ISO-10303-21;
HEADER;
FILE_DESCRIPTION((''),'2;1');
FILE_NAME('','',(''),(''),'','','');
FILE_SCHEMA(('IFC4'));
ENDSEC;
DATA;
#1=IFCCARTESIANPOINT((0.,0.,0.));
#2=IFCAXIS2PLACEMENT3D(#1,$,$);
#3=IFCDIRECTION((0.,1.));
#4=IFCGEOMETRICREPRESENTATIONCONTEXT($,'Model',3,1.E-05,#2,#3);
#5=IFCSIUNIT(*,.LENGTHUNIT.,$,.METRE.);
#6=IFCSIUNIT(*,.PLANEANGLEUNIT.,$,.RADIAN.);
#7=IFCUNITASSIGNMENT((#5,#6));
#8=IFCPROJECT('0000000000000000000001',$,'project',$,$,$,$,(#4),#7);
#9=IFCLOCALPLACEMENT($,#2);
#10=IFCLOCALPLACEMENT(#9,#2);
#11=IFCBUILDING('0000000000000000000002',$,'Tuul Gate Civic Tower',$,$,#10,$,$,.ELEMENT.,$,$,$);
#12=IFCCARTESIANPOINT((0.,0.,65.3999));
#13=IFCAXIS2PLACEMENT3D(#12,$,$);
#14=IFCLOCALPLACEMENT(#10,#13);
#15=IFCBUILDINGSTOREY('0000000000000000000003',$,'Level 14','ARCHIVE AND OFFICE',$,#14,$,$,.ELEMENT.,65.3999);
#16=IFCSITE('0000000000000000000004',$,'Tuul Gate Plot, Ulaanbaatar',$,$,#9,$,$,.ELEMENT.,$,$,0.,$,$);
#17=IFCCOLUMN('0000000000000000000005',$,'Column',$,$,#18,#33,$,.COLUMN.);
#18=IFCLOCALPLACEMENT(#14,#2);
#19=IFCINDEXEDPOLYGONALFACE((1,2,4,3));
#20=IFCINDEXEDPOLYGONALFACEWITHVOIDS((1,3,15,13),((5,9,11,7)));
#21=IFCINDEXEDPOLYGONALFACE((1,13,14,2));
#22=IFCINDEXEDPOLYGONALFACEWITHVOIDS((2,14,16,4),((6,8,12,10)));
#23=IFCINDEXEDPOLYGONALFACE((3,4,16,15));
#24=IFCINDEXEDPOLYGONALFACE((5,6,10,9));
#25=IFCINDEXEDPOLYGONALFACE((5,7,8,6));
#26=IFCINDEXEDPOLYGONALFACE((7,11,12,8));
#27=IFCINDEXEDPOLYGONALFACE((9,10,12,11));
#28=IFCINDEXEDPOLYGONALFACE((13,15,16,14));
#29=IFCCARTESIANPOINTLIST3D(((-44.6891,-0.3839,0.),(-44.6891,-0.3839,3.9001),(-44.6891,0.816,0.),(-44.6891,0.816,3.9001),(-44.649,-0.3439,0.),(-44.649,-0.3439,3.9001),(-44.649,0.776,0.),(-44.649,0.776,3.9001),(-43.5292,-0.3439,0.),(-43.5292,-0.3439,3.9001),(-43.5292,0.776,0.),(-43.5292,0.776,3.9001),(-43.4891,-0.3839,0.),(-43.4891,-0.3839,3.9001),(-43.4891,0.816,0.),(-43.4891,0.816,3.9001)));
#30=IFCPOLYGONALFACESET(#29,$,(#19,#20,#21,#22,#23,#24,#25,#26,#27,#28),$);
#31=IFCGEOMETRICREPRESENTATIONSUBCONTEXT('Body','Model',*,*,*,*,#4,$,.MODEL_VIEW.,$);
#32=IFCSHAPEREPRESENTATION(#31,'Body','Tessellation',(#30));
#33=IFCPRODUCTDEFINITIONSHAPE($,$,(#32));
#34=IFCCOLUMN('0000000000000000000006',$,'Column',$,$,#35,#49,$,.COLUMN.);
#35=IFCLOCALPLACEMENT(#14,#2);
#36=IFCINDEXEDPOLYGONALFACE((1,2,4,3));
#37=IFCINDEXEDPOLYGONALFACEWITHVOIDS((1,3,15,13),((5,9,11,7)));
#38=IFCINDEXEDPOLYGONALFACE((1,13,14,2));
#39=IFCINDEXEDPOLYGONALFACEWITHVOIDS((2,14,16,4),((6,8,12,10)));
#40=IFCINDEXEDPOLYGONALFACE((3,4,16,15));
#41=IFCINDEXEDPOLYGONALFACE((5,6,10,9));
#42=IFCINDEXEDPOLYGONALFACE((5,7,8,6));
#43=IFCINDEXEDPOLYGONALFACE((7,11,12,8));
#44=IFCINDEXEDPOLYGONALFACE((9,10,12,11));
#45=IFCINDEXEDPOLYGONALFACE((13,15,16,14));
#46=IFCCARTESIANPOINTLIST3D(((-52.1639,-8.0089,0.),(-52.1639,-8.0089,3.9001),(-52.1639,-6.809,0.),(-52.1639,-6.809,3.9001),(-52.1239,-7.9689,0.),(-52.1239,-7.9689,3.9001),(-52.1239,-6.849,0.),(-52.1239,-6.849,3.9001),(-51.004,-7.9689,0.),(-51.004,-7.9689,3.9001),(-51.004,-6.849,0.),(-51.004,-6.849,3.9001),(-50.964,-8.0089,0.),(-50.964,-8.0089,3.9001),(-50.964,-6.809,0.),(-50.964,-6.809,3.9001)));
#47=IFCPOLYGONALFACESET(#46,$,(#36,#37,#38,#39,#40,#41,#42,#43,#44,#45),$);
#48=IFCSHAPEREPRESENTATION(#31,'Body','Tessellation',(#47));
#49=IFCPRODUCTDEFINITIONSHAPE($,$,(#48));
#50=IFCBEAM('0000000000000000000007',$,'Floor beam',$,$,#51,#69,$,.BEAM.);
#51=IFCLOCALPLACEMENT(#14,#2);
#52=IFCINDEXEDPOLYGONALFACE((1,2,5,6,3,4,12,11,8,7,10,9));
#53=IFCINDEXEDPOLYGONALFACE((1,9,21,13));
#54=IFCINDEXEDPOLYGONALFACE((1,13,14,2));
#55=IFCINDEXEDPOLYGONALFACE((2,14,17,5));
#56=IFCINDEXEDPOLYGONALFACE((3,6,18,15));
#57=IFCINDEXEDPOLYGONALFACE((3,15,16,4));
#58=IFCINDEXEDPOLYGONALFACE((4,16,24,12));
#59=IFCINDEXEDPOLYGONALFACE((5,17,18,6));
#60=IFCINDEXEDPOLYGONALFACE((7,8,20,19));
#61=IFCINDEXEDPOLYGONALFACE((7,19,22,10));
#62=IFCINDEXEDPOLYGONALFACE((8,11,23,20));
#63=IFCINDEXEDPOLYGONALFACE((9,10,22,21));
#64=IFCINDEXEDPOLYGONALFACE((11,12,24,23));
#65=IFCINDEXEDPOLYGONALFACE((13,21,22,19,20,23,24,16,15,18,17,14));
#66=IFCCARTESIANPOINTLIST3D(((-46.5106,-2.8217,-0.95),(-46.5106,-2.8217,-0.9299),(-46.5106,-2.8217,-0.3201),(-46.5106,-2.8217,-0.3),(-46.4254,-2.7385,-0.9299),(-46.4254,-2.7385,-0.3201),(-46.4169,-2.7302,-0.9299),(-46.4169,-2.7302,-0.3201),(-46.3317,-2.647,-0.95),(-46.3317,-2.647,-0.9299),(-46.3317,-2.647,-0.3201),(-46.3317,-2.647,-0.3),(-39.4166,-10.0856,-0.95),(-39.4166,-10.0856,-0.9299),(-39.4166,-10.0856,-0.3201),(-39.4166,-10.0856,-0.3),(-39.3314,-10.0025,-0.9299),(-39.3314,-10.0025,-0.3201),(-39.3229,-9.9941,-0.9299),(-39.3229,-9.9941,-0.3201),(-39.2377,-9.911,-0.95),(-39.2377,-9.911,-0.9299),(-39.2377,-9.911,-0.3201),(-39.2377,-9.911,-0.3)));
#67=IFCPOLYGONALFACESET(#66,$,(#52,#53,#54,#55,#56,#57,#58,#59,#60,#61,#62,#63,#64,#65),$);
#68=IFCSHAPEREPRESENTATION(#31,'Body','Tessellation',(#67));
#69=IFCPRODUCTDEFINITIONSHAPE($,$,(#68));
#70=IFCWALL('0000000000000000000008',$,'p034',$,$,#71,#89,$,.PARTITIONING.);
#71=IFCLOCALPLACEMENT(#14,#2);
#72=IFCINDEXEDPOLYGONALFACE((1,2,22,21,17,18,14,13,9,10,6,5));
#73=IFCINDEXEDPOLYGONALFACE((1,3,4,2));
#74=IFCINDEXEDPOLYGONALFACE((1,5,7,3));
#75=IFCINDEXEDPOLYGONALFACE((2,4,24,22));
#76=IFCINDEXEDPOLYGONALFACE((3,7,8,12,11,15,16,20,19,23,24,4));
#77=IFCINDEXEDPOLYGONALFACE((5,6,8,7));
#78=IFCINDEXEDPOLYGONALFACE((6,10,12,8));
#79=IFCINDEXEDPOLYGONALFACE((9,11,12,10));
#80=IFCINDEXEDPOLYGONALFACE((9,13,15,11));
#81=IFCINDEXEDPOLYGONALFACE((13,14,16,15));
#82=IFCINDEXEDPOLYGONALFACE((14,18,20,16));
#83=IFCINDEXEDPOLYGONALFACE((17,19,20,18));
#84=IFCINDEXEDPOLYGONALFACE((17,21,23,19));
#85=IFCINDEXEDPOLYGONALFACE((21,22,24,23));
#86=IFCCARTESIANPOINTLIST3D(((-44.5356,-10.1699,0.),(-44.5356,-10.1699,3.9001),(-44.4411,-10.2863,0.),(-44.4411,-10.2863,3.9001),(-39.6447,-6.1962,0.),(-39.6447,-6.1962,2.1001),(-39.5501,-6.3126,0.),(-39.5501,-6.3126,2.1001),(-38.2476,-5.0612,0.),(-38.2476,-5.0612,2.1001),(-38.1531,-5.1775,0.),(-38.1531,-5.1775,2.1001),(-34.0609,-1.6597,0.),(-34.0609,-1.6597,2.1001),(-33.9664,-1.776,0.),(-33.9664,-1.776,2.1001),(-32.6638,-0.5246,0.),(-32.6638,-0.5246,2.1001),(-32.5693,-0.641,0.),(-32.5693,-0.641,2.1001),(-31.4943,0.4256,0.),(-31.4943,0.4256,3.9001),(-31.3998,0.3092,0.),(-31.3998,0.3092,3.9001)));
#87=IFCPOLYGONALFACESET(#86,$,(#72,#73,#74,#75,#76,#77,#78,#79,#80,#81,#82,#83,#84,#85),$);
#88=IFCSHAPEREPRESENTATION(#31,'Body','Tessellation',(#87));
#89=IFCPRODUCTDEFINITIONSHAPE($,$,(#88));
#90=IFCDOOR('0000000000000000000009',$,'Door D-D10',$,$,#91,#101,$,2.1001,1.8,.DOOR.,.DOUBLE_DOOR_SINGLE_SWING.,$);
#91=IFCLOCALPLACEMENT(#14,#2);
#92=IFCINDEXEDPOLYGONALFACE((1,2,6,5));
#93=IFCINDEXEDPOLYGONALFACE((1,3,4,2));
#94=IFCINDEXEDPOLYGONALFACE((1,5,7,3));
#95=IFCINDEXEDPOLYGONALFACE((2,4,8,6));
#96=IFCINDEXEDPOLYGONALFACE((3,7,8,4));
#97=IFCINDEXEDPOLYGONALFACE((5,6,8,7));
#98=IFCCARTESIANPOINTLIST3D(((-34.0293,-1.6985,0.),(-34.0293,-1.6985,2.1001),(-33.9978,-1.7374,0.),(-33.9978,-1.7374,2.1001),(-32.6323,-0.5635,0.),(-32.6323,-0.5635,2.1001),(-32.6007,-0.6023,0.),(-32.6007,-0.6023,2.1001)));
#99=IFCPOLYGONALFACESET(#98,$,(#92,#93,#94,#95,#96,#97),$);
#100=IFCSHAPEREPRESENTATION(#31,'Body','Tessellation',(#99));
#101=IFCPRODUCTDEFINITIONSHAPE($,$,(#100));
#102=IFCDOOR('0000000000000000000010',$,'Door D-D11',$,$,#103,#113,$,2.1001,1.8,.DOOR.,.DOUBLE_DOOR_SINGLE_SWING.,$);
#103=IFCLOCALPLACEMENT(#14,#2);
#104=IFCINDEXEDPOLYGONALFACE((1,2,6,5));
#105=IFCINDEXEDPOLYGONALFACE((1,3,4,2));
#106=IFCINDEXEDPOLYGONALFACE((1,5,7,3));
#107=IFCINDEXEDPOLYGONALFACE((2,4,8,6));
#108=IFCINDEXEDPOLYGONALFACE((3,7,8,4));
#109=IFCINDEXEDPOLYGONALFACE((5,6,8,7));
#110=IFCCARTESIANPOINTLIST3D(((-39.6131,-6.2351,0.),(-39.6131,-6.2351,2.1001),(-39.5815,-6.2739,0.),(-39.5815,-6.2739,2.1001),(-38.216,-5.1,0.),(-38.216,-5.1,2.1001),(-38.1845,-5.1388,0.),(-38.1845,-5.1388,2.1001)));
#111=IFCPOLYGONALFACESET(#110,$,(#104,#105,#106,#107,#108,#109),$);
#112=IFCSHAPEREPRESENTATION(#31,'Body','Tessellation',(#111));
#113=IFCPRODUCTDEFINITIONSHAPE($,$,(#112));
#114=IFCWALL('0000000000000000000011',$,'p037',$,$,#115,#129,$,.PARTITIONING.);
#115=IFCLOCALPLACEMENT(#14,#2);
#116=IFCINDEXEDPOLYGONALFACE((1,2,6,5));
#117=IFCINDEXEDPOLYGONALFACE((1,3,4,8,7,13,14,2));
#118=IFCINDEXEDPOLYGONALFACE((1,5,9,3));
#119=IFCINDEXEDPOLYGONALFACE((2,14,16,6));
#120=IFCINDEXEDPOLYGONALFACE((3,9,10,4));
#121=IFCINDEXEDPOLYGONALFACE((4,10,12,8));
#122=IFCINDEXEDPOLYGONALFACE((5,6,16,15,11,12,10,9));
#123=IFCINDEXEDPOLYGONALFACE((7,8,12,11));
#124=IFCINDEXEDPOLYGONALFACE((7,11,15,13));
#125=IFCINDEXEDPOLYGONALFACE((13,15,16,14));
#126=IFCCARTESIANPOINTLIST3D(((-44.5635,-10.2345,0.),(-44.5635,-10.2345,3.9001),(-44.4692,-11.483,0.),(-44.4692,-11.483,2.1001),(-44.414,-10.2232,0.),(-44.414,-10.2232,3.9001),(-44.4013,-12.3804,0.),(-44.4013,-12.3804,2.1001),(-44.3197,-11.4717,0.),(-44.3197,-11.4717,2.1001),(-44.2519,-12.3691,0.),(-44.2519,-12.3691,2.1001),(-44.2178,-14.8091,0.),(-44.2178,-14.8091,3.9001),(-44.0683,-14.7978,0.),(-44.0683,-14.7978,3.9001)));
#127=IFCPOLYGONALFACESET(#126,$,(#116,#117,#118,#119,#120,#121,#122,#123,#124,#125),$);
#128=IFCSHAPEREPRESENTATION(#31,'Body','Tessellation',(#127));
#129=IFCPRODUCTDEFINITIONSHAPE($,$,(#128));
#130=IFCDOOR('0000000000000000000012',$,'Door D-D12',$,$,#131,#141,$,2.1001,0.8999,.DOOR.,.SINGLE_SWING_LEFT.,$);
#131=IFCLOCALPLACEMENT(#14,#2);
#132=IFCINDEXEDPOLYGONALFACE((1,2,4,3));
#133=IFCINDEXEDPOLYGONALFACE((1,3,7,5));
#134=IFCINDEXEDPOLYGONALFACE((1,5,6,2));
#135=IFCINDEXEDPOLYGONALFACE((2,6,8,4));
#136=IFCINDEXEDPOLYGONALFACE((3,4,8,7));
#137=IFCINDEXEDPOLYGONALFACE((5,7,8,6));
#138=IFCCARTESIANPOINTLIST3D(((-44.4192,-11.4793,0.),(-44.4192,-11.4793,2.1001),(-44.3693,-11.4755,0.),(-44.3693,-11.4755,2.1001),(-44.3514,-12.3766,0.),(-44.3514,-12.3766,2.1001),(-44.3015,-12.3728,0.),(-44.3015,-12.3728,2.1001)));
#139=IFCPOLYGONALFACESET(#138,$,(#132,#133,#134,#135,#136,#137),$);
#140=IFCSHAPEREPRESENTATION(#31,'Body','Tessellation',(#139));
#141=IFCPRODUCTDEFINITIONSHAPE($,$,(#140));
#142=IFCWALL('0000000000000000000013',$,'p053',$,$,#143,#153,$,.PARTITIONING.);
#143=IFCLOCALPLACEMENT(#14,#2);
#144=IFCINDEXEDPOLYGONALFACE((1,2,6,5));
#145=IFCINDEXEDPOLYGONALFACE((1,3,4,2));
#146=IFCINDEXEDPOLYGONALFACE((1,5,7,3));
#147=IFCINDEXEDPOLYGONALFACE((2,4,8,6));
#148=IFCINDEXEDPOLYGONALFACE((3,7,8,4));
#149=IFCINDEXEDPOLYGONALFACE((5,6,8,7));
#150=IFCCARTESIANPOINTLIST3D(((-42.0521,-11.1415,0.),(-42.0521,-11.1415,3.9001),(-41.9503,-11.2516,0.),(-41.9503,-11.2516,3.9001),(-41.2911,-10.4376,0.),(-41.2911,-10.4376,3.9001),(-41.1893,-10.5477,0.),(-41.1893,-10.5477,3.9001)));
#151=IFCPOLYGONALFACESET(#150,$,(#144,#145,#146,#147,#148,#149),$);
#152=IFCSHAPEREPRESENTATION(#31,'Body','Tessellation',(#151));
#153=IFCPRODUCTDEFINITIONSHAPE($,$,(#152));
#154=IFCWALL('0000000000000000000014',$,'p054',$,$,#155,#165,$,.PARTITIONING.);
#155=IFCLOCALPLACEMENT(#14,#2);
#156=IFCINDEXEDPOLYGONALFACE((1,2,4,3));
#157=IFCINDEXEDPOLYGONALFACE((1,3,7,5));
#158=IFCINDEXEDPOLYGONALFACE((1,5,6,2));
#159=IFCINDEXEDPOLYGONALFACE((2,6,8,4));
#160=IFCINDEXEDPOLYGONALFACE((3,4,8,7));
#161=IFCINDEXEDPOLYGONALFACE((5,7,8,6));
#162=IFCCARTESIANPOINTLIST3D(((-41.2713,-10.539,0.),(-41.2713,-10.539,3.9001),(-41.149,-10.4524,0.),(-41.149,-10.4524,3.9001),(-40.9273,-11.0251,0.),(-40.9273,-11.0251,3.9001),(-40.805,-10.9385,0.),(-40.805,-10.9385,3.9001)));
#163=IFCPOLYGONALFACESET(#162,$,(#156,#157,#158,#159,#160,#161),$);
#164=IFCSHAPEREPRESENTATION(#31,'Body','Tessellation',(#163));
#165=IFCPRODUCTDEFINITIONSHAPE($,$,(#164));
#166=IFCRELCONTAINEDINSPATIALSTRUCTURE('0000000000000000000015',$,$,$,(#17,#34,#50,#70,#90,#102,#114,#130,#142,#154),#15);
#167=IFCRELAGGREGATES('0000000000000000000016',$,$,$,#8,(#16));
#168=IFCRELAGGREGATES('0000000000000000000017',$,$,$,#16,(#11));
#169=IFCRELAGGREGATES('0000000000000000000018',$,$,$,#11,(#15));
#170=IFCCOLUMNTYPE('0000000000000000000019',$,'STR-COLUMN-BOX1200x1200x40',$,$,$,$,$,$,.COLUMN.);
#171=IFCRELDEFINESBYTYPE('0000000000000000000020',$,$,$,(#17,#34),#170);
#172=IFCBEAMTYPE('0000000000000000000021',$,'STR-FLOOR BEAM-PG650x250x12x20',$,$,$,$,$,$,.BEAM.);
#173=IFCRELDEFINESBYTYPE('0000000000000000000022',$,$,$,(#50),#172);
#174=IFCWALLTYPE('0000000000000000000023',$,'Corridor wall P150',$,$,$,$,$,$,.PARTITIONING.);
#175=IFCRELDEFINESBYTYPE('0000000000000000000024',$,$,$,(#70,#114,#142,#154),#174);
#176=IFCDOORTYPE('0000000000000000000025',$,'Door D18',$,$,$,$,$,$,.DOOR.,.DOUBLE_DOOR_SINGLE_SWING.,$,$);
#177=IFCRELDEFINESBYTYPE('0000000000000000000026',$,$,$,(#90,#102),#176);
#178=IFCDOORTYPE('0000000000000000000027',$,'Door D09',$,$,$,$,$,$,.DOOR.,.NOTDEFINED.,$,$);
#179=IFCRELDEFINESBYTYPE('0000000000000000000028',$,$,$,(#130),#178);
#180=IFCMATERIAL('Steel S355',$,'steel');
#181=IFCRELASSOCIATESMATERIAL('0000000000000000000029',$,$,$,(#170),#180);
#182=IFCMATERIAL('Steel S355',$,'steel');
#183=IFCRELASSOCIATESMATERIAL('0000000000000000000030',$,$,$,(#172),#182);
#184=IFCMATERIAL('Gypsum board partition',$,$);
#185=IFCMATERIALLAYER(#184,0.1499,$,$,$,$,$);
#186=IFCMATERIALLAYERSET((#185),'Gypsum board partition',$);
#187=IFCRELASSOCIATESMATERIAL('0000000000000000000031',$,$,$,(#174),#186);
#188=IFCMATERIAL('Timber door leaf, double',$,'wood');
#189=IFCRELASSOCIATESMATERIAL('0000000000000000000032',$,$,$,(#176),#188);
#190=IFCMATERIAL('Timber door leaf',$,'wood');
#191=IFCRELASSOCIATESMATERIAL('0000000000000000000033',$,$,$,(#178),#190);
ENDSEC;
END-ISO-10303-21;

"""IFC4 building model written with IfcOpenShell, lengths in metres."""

from ifc_helpers import new_model, si_unit, direction, frame, frame_2d, origin, origin_2d, place, context, subcontext, project, spatial, rectangle, hollow_rectangle, i_section, extrude, material, layer, layer_set, material_profile, profile_set, type_object, element, fill, save


model = new_model("IFC4")

# Units and contexts
model_context = context("Model", 3, precision=1e-05, world=origin(), true_north=direction((0.0, 1.0)))
body_context = subcontext(model_context, "Body", "Model", "MODEL_VIEW")
ifc_project = project(units=[si_unit("LENGTHUNIT", "METRE"), si_unit("PLANEANGLEUNIT", "RADIAN")], contexts=[model_context])

# Site, building, storey
site_placement = place(None, origin())
site = spatial("IfcSite", under=ifc_project, at=site_placement, Name="Tuul Gate Plot, Ulaanbaatar", CompositionType="ELEMENT", RefElevation=0.0)
building_placement = place(site_placement, origin())
building = spatial("IfcBuilding", under=site, at=building_placement, Name="Tuul Gate Civic Tower", CompositionType="ELEMENT")
storey_placement = place(building_placement, frame((0.0, 0.0, 65.3999)))
storey = spatial("IfcBuildingStorey", under=building, at=storey_placement, Name="Level 14", Description="ARCHIVE AND OFFICE", CompositionType="ELEMENT", Elevation=65.3999)

# Columns
ifc_material_1 = material(Name="Steel S355", Category="steel")
ifc_material_profile_1 = material_profile(ifc_material_1, hollow_rectangle(XDim=1.2, YDim=1.2, WallThickness=0.04, at=origin_2d()), Name="BOX1200x1200x40")
ifc_profile_set_1 = profile_set([ifc_material_profile_1], Name="Steel S355")
column_type = type_object("IfcColumnType", Name="STR-COLUMN-BOX1200x1200x40", PredefinedType="COLUMN", material=ifc_profile_set_1)
for number, where, z_axis, x_axis, name in (
    (1, (-44.0891, 0.2161, 0.0), (0.0, 0.0, 1.0), (1.0, 0.0, 0.0), "Column"),
    (2, (-51.564, -7.4089, 0.0), (0.0, 0.0, 1.0), (1.0, 0.0, 0.0), "Column"),
):
    element("IfcColumn", number, at=place(storey_placement, frame(where, z_axis=z_axis, x_axis=x_axis)), inside=storey, type_object=column_type, Name=name, PredefinedType="COLUMN", context=body_context, shape_type="SweptSolid", body=[
        extrude(hollow_rectangle(XDim=1.2, YDim=1.2, WallThickness=0.04, at=origin_2d()), origin(), (0.0, 0.0, 1.0), 3.9001),
    ])

# Beam
ifc_material_2 = material(Name="Steel S355", Category="steel")
ifc_material_profile_2 = material_profile(ifc_material_2, i_section(OverallWidth=0.25, OverallDepth=0.6499, WebThickness=0.012, FlangeThickness=0.02, at=origin_2d()), Name="PG650x250x12x20")
ifc_profile_set_2 = profile_set([ifc_material_profile_2], Name="Steel S355")
beam_type = type_object("IfcBeamType", Name="STR-FLOOR BEAM-PG650x250x12x20", PredefinedType="BEAM", material=ifc_profile_set_2)
beam_placement = place(storey_placement, frame((-39.3271, -9.9983, -0.625), z_axis=(-0.698689, 0.715425, 0.0), x_axis=(-0.715425, -0.698689, 0.0)))
element("IfcBeam", 3, at=beam_placement, inside=storey, type_object=beam_type, Name="Floor beam", PredefinedType="BEAM", context=body_context, shape_type="SweptSolid", body=[
    extrude(i_section(OverallWidth=0.25, OverallDepth=0.6499, WebThickness=0.012, FlangeThickness=0.02, at=origin_2d()), origin(), (0.0, 0.0, 1.0), 10.1533),
])

# Wall, openings, doors
ifc_material_3 = material(Name="Gypsum board partition")
ifc_layer_1 = layer(ifc_material_3, 0.1499)
ifc_layer_set_1 = layer_set([ifc_layer_1], Name="Gypsum board partition")
wall_type_1 = type_object("IfcWallType", Name="Corridor wall P150", PredefinedType="PARTITIONING", material=ifc_layer_set_1)
wall_1_placement = place(storey_placement, frame((-44.4883, -10.228, 0.0), z_axis=(0.0, 0.0, 1.0), x_axis=(0.77613, 0.630572, 0.0)))
wall_1 = element("IfcWall", 4, at=wall_1_placement, inside=storey, type_object=wall_type_1, Name="p034", PredefinedType="PARTITIONING", context=body_context, shape_type="SweptSolid", body=[
    extrude(rectangle(XDim=16.803, YDim=0.1499, at=frame_2d((8.4014, 0.0))), origin(), (0.0, 0.0, 1.0), 3.9001),
])
opening_1_placement = place(wall_1_placement, frame((13.4961, 0.0, 0.0)))
opening_1 = element("IfcOpeningElement", 5, at=opening_1_placement, cuts=wall_1, PredefinedType="OPENING", context=body_context, shape_type="SweptSolid", body=[
    extrude(rectangle(XDim=1.8, YDim=2.1001, at=frame_2d((0.8999, 1.05))), frame((0.0, 0.085, 0.0), z_axis=(0.0, -1.0, 0.0), x_axis=(1.0, 0.0, 0.0)), (0.0, 0.0, 1.0), 0.1699),
])
opening_2_placement = place(wall_1_placement, frame((6.3018, 0.0, 0.0)))
opening_2 = element("IfcOpeningElement", 6, at=opening_2_placement, cuts=wall_1, PredefinedType="OPENING", context=body_context, shape_type="SweptSolid", body=[
    extrude(rectangle(XDim=1.8, YDim=2.1001, at=frame_2d((0.8999, 1.05))), frame((0.0, 0.085, 0.0), z_axis=(0.0, -1.0, 0.0), x_axis=(1.0, 0.0, 0.0)), (0.0, 0.0, 1.0), 0.1699),
])
ifc_material_4 = material(Name="Timber door leaf, double", Category="wood")
door_type_1 = type_object("IfcDoorType", Name="Door D18", OperationType="DOUBLE_DOOR_SINGLE_SWING", PredefinedType="DOOR", material=ifc_material_4)
door_1_placement = place(opening_1_placement, origin())
door_1 = element("IfcDoor", 7, at=door_1_placement, inside=storey, type_object=door_type_1, Name="Door D-D10", OperationType="DOUBLE_DOOR_SINGLE_SWING", OverallHeight=2.1001, OverallWidth=1.8, PredefinedType="DOOR", context=body_context, shape_type="SweptSolid", body=[
    extrude(rectangle(XDim=1.8, YDim=2.1001, at=frame_2d((0.8999, 1.05))), frame((0.0, 0.0249, 0.0), z_axis=(0.0, -1.0, 0.0), x_axis=(1.0, 0.0, 0.0)), (0.0, 0.0, 1.0), 0.05),
])
fill(opening_1, door_1)
door_2_placement = place(opening_2_placement, origin())
door_2 = element("IfcDoor", 8, at=door_2_placement, inside=storey, type_object=door_type_1, Name="Door D-D11", OperationType="DOUBLE_DOOR_SINGLE_SWING", OverallHeight=2.1001, OverallWidth=1.8, PredefinedType="DOOR", context=body_context, shape_type="SweptSolid", body=[
    extrude(rectangle(XDim=1.8, YDim=2.1001, at=frame_2d((0.8999, 1.05))), frame((0.0, 0.0249, 0.0), z_axis=(0.0, -1.0, 0.0), x_axis=(1.0, 0.0, 0.0)), (0.0, 0.0, 1.0), 0.05),
])
fill(opening_2, door_2)

# Wall, opening, door
wall_2_placement = place(storey_placement, frame((-44.4888, -10.2288, 0.0), z_axis=(0.0, 0.0, 1.0), x_axis=(0.075354, -0.997157, 0.0)))
wall_2 = element("IfcWall", 9, at=wall_2_placement, inside=storey, type_object=wall_type_1, Name="p037", PredefinedType="PARTITIONING", context=body_context, shape_type="SweptSolid", body=[
    extrude(rectangle(XDim=4.5876, YDim=0.1499, at=frame_2d((2.2939, 0.0))), origin(), (0.0, 0.0, 1.0), 3.9001),
])
opening_3_placement = place(wall_2_placement, frame((1.2522, 0.0, 0.0)))
opening_3 = element("IfcOpeningElement", 10, at=opening_3_placement, cuts=wall_2, PredefinedType="OPENING", context=body_context, shape_type="SweptSolid", body=[
    extrude(rectangle(XDim=0.8999, YDim=2.1001, at=frame_2d((0.45, 1.05))), frame((0.0, 0.085, 0.0), z_axis=(0.0, -1.0, 0.0), x_axis=(1.0, 0.0, 0.0)), (0.0, 0.0, 1.0), 0.1699),
])
ifc_material_5 = material(Name="Timber door leaf", Category="wood")
door_type_2 = type_object("IfcDoorType", Name="Door D09", OperationType="NOTDEFINED", PredefinedType="DOOR", material=ifc_material_5)
door_3_placement = place(opening_3_placement, frame((0.8999, 0.0, 0.0), z_axis=(0.0, 0.0, 1.0), x_axis=(-1.0, 0.0, 0.0)))
door_3 = element("IfcDoor", 11, at=door_3_placement, inside=storey, type_object=door_type_2, Name="Door D-D12", OperationType="SINGLE_SWING_LEFT", OverallHeight=2.1001, OverallWidth=0.8999, PredefinedType="DOOR", context=body_context, shape_type="SweptSolid", body=[
    extrude(rectangle(XDim=0.8999, YDim=2.1001, at=frame_2d((0.45, 1.05))), frame((0.0, 0.0249, 0.0), z_axis=(0.0, -1.0, 0.0), x_axis=(1.0, 0.0, 0.0)), (0.0, 0.0, 1.0), 0.05),
])
fill(opening_3, door_3)

# Walls
wall_3_placement = place(storey_placement, frame((-42.0012, -11.1965, 0.0), z_axis=(0.0, 0.0, 1.0), x_axis=(0.734126, 0.679013, 0.0)))
element("IfcWall", 12, at=wall_3_placement, inside=storey, type_object=wall_type_1, Name="p053", PredefinedType="PARTITIONING", context=body_context, shape_type="SweptSolid", body=[
    extrude(rectangle(XDim=1.0366, YDim=0.1499, at=frame_2d((0.5183, 0.0))), origin(), (0.0, 0.0, 1.0), 3.9001),
])
wall_4_placement = place(storey_placement, frame((-41.2102, -10.4956, 0.0), z_axis=(0.0, 0.0, 1.0), x_axis=(0.577665, -0.816274, 0.0)))
element("IfcWall", 13, at=wall_4_placement, inside=storey, type_object=wall_type_1, Name="p054", PredefinedType="PARTITIONING", context=body_context, shape_type="SweptSolid", body=[
    extrude(rectangle(XDim=0.5955, YDim=0.1499, at=frame_2d((0.2979, 0.0))), origin(), (0.0, 0.0, 1.0), 3.9001),
])

save(model, "model.ifc")
